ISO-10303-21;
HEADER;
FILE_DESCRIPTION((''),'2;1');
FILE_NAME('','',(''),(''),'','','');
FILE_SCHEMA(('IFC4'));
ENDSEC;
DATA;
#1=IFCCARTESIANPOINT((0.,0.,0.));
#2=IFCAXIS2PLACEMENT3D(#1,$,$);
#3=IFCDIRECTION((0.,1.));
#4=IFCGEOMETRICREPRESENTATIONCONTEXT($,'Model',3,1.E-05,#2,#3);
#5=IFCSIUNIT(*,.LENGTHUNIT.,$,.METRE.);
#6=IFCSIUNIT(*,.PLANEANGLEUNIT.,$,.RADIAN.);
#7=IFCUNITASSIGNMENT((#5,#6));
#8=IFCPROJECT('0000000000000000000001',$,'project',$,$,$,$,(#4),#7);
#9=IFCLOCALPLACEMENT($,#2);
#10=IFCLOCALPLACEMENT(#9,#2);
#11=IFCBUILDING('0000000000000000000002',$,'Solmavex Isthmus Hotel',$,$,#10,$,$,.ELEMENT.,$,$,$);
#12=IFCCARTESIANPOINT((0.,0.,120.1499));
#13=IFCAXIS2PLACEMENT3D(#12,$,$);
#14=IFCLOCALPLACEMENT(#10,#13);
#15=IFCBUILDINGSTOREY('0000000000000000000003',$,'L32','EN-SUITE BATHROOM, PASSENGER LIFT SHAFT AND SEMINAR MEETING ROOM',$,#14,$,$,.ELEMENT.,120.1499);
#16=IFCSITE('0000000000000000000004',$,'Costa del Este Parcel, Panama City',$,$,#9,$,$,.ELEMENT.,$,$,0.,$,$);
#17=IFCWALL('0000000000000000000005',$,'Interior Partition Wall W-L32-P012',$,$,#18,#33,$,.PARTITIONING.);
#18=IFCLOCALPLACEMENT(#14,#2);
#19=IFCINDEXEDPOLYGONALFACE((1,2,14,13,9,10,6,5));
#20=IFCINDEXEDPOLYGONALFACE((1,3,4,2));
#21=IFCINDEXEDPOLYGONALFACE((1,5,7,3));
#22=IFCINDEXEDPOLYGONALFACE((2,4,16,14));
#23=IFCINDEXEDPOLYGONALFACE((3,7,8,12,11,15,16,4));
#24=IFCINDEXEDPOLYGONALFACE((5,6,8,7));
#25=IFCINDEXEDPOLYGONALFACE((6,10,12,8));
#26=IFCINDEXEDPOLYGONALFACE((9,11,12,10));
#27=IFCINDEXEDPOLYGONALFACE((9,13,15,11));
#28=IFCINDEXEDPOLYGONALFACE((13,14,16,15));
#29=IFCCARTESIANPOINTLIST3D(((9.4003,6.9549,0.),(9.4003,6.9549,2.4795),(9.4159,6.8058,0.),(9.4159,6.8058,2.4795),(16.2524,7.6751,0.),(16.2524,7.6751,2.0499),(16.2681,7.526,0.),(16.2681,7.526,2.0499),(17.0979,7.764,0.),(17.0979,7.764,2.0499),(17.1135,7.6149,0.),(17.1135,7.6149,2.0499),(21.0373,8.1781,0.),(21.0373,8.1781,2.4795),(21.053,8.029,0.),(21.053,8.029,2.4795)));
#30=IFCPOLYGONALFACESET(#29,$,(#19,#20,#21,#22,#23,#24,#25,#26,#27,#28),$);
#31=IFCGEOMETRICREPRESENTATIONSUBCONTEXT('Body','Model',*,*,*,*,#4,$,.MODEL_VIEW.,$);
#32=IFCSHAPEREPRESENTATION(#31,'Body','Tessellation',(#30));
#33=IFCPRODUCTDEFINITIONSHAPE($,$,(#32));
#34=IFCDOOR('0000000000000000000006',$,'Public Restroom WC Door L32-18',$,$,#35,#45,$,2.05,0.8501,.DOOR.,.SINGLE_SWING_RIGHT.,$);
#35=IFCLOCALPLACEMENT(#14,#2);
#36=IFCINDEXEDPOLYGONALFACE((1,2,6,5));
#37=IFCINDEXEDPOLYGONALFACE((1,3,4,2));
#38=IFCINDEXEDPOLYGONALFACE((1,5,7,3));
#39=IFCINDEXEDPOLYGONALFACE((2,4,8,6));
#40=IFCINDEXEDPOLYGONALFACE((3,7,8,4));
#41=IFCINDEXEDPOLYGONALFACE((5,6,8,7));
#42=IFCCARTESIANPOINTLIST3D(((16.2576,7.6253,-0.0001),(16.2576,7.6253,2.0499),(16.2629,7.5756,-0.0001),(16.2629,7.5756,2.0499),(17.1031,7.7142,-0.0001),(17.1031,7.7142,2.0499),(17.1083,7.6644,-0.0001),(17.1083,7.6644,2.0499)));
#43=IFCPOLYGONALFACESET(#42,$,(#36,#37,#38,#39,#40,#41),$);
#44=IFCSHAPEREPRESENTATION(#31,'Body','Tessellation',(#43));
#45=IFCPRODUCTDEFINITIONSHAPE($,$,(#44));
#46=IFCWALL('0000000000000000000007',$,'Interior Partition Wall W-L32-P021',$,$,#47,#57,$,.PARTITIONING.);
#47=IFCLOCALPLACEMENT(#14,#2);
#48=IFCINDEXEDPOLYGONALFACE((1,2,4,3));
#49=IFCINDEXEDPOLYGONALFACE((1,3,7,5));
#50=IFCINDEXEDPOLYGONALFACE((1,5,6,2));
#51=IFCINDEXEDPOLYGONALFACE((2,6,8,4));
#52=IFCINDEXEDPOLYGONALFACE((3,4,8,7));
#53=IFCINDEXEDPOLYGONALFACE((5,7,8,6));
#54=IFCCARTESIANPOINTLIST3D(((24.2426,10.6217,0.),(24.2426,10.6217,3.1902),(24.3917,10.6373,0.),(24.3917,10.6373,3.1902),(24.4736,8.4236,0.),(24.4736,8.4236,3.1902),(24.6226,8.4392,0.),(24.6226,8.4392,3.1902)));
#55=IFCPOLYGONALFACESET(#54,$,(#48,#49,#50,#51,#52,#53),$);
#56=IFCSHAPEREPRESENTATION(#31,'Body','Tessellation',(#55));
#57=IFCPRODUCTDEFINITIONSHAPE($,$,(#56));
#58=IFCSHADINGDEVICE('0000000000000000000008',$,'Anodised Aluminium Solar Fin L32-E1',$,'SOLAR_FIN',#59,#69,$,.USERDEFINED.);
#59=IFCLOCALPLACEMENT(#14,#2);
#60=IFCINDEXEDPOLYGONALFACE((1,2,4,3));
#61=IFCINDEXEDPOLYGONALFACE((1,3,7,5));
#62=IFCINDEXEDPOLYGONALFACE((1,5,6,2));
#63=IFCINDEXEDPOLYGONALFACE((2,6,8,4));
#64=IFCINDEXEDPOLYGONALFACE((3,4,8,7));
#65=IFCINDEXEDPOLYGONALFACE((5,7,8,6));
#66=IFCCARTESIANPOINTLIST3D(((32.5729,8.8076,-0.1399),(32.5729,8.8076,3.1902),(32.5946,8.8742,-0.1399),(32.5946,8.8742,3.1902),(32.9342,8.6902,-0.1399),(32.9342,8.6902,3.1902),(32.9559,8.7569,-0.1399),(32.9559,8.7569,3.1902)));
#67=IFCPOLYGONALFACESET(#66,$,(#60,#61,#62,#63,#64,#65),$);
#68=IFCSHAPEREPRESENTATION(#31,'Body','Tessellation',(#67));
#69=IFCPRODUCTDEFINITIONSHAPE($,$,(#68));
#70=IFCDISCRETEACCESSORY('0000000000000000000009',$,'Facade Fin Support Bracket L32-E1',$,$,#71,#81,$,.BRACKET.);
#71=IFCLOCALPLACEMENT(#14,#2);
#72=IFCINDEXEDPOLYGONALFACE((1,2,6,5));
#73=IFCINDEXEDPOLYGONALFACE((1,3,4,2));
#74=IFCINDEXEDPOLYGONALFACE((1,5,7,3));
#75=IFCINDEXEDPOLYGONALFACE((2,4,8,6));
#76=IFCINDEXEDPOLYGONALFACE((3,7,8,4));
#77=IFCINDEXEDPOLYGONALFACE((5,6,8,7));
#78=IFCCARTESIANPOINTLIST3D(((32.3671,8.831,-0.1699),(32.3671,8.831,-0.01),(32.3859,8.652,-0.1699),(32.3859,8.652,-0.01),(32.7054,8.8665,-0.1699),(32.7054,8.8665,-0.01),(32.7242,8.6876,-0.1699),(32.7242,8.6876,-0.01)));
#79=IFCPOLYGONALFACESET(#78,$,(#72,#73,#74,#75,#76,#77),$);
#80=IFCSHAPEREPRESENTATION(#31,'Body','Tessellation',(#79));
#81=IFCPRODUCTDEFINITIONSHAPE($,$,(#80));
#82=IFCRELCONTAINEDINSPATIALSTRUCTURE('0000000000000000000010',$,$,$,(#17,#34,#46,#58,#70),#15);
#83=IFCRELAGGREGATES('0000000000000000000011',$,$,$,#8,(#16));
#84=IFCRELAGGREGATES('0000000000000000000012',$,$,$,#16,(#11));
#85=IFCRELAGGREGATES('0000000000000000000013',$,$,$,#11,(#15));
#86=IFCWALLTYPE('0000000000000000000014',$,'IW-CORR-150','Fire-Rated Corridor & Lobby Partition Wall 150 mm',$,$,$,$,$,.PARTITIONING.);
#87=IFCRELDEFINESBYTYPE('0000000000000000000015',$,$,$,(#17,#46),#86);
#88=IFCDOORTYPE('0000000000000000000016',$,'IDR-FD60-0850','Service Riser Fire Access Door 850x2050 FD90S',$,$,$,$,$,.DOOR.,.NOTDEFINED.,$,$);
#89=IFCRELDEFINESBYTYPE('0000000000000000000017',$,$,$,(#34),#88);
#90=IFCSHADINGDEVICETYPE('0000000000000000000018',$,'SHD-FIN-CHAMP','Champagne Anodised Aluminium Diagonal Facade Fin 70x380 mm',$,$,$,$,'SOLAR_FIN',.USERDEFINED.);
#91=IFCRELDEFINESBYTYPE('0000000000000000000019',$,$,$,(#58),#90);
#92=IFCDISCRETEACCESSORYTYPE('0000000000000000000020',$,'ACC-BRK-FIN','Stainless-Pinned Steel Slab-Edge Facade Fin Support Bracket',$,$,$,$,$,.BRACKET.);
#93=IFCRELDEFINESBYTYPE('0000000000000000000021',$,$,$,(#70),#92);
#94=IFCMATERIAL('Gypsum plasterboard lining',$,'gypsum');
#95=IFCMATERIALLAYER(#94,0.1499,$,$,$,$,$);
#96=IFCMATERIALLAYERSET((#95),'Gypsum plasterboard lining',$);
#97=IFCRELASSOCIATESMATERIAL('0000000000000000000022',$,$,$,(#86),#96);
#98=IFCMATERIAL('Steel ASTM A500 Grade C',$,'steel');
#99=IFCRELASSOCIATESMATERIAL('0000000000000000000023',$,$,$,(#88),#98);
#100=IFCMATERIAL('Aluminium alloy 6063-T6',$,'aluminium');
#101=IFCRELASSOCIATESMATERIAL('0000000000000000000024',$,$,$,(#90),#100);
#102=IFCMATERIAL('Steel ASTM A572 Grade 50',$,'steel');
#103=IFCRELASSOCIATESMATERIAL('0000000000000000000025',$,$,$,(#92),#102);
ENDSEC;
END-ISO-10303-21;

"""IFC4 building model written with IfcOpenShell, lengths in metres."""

from ifc_helpers import new_model, si_unit, direction, frame, frame_2d, origin, origin_2d, place, context, subcontext, project, spatial, rectangle, extrude, material, layer, layer_set, type_object, element, fill, save


model = new_model("IFC4")

# Units and contexts
model_context = context("Model", 3, precision=1e-05, world=origin(), true_north=direction((0.0, 1.0)))
body_context = subcontext(model_context, "Body", "Model", "MODEL_VIEW")
ifc_project = project(units=[si_unit("LENGTHUNIT", "METRE"), si_unit("PLANEANGLEUNIT", "RADIAN")], contexts=[model_context])

# Site, building, storey
site_placement = place(None, origin())
site = spatial("IfcSite", under=ifc_project, at=site_placement, Name="Costa del Este Parcel, Panama City", CompositionType="ELEMENT", RefElevation=0.0)
building_placement = place(site_placement, origin())
building = spatial("IfcBuilding", under=site, at=building_placement, Name="Solmavex Isthmus Hotel", CompositionType="ELEMENT")
storey_placement = place(building_placement, frame((0.0, 0.0, 120.1499)))
storey = spatial("IfcBuildingStorey", under=building, at=storey_placement, Name="L32", Description="EN-SUITE BATHROOM, PASSENGER LIFT SHAFT AND SEMINAR MEETING ROOM", CompositionType="ELEMENT", Elevation=120.1499)

# Shared definitions
ifc_material_1 = material(Name="Aluminium alloy 6063-T6", Category="aluminium")

# Shared definitions
ifc_material_2 = material(Name="Gypsum plasterboard lining", Category="gypsum")

# Wall, opening, door
ifc_layer_1 = layer(ifc_material_2, 0.1499)
ifc_layer_set_1 = layer_set([ifc_layer_1], Name="Gypsum plasterboard lining")
wall_type_1 = type_object("IfcWallType", Name="IW-CORR-150", Description="Fire-Rated Corridor & Lobby Partition Wall 150 mm", PredefinedType="PARTITIONING", material=ifc_layer_set_1)
wall_1_placement = place(storey_placement, frame((21.0452, 8.1035, 0.0), z_axis=(0.0, 0.0, 1.0), x_axis=(-0.994521, -0.104533, 0.0)))
wall_1 = element("IfcWall", 1, at=wall_1_placement, inside=storey, type_object=wall_type_1, Name="Interior Partition Wall W-L32-P012", PredefinedType="PARTITIONING", context=body_context, shape_type="SweptSolid", body=[
    extrude(rectangle(XDim=11.7012, YDim=0.1499, at=frame_2d((5.8506, 0.0))), origin(), (0.0, 0.0, 1.0), 2.4795),
])
opening_1_placement = place(wall_1_placement, frame((3.9612, 0.0, 0.0)))
opening_1 = element("IfcOpeningElement", 2, at=opening_1_placement, cuts=wall_1, PredefinedType="OPENING", context=body_context, shape_type="SweptSolid", body=[
    extrude(rectangle(XDim=0.8501, YDim=2.05, at=frame_2d((0.425, 1.0249))), frame((0.0, 0.085, 0.0), z_axis=(0.0, -1.0, 0.0), x_axis=(1.0, 0.0, 0.0)), (0.0, 0.0, 1.0), 0.1699),
])
ifc_material_3 = material(Name="Steel ASTM A500 Grade C", Category="steel")
door_type_1 = type_object("IfcDoorType", Name="IDR-FD60-0850", Description="Service Riser Fire Access Door 850x2050 FD90S", OperationType="NOTDEFINED", PredefinedType="DOOR", material=ifc_material_3)
door_1_placement = place(opening_1_placement, frame((0.8501, 0.0, 0.0), z_axis=(0.0, 0.0, 1.0), x_axis=(-1.0, 0.0, 0.0)))
door_1 = element("IfcDoor", 3, at=door_1_placement, inside=storey, type_object=door_type_1, Name="Public Restroom WC Door L32-18", OperationType="SINGLE_SWING_RIGHT", OverallHeight=2.05, OverallWidth=0.8501, PredefinedType="DOOR", context=body_context, shape_type="SweptSolid", body=[
    extrude(rectangle(XDim=0.8501, YDim=2.05, at=frame_2d((0.425, 1.0249))), frame((0.0, 0.0249, 0.0), z_axis=(0.0, -1.0, 0.0), x_axis=(1.0, 0.0, 0.0)), (0.0, 0.0, 1.0), 0.05),
])
fill(opening_1, door_1)

# Wall
wall_2_placement = place(storey_placement, frame((24.3171, 10.6294, 0.0), z_axis=(0.0, 0.0, 1.0), x_axis=(0.104501, -0.994525, 0.0)))
element("IfcWall", 4, at=wall_2_placement, inside=storey, type_object=wall_type_1, Name="Interior Partition Wall W-L32-P021", PredefinedType="PARTITIONING", context=body_context, shape_type="SweptSolid", body=[
    extrude(rectangle(XDim=2.2102, YDim=0.1499, at=frame_2d((1.105, 0.0))), origin(), (0.0, 0.0, 1.0), 3.1902),
])

# Shading device
shading_device_type = type_object("IfcShadingDeviceType", Name="SHD-FIN-CHAMP", Description="Champagne Anodised Aluminium Diagonal Facade Fin 70x380 mm", ElementType="SOLAR_FIN", PredefinedType="USERDEFINED", material=ifc_material_1)
shading_device_placement = place(storey_placement, frame((32.7644, 8.7822, -0.1399), z_axis=(0.0, 0.0, 1.0), x_axis=(0.951057, -0.309017, 0.0)))
element("IfcShadingDevice", 5, at=shading_device_placement, inside=storey, type_object=shading_device_type, Name="Anodised Aluminium Solar Fin L32-E1", ObjectType="SOLAR_FIN", PredefinedType="USERDEFINED", context=body_context, shape_type="SweptSolid", body=[
    extrude(rectangle(XDim=0.3799, YDim=0.0701, at=origin_2d()), origin(), (0.0, 0.0, 1.0), 3.3301),
])

# Discrete accessory
ifc_material_4 = material(Name="Steel ASTM A572 Grade 50", Category="steel")
discrete_accessory_type = type_object("IfcDiscreteAccessoryType", Name="ACC-BRK-FIN", Description="Stainless-Pinned Steel Slab-Edge Facade Fin Support Bracket", PredefinedType="BRACKET", material=ifc_material_4)
discrete_accessory_placement = place(storey_placement, frame((32.5457, 8.7593, -0.1699), z_axis=(0.0, 0.0, 1.0), x_axis=(0.994522, 0.104528, 0.0)))
element("IfcDiscreteAccessory", 6, at=discrete_accessory_placement, inside=storey, type_object=discrete_accessory_type, Name="Facade Fin Support Bracket L32-E1", PredefinedType="BRACKET", context=body_context, shape_type="SweptSolid", body=[
    extrude(rectangle(XDim=0.3401, YDim=0.1799, at=origin_2d()), origin(), (0.0, 0.0, 1.0), 0.1599),
])

save(model, "model.ifc")
